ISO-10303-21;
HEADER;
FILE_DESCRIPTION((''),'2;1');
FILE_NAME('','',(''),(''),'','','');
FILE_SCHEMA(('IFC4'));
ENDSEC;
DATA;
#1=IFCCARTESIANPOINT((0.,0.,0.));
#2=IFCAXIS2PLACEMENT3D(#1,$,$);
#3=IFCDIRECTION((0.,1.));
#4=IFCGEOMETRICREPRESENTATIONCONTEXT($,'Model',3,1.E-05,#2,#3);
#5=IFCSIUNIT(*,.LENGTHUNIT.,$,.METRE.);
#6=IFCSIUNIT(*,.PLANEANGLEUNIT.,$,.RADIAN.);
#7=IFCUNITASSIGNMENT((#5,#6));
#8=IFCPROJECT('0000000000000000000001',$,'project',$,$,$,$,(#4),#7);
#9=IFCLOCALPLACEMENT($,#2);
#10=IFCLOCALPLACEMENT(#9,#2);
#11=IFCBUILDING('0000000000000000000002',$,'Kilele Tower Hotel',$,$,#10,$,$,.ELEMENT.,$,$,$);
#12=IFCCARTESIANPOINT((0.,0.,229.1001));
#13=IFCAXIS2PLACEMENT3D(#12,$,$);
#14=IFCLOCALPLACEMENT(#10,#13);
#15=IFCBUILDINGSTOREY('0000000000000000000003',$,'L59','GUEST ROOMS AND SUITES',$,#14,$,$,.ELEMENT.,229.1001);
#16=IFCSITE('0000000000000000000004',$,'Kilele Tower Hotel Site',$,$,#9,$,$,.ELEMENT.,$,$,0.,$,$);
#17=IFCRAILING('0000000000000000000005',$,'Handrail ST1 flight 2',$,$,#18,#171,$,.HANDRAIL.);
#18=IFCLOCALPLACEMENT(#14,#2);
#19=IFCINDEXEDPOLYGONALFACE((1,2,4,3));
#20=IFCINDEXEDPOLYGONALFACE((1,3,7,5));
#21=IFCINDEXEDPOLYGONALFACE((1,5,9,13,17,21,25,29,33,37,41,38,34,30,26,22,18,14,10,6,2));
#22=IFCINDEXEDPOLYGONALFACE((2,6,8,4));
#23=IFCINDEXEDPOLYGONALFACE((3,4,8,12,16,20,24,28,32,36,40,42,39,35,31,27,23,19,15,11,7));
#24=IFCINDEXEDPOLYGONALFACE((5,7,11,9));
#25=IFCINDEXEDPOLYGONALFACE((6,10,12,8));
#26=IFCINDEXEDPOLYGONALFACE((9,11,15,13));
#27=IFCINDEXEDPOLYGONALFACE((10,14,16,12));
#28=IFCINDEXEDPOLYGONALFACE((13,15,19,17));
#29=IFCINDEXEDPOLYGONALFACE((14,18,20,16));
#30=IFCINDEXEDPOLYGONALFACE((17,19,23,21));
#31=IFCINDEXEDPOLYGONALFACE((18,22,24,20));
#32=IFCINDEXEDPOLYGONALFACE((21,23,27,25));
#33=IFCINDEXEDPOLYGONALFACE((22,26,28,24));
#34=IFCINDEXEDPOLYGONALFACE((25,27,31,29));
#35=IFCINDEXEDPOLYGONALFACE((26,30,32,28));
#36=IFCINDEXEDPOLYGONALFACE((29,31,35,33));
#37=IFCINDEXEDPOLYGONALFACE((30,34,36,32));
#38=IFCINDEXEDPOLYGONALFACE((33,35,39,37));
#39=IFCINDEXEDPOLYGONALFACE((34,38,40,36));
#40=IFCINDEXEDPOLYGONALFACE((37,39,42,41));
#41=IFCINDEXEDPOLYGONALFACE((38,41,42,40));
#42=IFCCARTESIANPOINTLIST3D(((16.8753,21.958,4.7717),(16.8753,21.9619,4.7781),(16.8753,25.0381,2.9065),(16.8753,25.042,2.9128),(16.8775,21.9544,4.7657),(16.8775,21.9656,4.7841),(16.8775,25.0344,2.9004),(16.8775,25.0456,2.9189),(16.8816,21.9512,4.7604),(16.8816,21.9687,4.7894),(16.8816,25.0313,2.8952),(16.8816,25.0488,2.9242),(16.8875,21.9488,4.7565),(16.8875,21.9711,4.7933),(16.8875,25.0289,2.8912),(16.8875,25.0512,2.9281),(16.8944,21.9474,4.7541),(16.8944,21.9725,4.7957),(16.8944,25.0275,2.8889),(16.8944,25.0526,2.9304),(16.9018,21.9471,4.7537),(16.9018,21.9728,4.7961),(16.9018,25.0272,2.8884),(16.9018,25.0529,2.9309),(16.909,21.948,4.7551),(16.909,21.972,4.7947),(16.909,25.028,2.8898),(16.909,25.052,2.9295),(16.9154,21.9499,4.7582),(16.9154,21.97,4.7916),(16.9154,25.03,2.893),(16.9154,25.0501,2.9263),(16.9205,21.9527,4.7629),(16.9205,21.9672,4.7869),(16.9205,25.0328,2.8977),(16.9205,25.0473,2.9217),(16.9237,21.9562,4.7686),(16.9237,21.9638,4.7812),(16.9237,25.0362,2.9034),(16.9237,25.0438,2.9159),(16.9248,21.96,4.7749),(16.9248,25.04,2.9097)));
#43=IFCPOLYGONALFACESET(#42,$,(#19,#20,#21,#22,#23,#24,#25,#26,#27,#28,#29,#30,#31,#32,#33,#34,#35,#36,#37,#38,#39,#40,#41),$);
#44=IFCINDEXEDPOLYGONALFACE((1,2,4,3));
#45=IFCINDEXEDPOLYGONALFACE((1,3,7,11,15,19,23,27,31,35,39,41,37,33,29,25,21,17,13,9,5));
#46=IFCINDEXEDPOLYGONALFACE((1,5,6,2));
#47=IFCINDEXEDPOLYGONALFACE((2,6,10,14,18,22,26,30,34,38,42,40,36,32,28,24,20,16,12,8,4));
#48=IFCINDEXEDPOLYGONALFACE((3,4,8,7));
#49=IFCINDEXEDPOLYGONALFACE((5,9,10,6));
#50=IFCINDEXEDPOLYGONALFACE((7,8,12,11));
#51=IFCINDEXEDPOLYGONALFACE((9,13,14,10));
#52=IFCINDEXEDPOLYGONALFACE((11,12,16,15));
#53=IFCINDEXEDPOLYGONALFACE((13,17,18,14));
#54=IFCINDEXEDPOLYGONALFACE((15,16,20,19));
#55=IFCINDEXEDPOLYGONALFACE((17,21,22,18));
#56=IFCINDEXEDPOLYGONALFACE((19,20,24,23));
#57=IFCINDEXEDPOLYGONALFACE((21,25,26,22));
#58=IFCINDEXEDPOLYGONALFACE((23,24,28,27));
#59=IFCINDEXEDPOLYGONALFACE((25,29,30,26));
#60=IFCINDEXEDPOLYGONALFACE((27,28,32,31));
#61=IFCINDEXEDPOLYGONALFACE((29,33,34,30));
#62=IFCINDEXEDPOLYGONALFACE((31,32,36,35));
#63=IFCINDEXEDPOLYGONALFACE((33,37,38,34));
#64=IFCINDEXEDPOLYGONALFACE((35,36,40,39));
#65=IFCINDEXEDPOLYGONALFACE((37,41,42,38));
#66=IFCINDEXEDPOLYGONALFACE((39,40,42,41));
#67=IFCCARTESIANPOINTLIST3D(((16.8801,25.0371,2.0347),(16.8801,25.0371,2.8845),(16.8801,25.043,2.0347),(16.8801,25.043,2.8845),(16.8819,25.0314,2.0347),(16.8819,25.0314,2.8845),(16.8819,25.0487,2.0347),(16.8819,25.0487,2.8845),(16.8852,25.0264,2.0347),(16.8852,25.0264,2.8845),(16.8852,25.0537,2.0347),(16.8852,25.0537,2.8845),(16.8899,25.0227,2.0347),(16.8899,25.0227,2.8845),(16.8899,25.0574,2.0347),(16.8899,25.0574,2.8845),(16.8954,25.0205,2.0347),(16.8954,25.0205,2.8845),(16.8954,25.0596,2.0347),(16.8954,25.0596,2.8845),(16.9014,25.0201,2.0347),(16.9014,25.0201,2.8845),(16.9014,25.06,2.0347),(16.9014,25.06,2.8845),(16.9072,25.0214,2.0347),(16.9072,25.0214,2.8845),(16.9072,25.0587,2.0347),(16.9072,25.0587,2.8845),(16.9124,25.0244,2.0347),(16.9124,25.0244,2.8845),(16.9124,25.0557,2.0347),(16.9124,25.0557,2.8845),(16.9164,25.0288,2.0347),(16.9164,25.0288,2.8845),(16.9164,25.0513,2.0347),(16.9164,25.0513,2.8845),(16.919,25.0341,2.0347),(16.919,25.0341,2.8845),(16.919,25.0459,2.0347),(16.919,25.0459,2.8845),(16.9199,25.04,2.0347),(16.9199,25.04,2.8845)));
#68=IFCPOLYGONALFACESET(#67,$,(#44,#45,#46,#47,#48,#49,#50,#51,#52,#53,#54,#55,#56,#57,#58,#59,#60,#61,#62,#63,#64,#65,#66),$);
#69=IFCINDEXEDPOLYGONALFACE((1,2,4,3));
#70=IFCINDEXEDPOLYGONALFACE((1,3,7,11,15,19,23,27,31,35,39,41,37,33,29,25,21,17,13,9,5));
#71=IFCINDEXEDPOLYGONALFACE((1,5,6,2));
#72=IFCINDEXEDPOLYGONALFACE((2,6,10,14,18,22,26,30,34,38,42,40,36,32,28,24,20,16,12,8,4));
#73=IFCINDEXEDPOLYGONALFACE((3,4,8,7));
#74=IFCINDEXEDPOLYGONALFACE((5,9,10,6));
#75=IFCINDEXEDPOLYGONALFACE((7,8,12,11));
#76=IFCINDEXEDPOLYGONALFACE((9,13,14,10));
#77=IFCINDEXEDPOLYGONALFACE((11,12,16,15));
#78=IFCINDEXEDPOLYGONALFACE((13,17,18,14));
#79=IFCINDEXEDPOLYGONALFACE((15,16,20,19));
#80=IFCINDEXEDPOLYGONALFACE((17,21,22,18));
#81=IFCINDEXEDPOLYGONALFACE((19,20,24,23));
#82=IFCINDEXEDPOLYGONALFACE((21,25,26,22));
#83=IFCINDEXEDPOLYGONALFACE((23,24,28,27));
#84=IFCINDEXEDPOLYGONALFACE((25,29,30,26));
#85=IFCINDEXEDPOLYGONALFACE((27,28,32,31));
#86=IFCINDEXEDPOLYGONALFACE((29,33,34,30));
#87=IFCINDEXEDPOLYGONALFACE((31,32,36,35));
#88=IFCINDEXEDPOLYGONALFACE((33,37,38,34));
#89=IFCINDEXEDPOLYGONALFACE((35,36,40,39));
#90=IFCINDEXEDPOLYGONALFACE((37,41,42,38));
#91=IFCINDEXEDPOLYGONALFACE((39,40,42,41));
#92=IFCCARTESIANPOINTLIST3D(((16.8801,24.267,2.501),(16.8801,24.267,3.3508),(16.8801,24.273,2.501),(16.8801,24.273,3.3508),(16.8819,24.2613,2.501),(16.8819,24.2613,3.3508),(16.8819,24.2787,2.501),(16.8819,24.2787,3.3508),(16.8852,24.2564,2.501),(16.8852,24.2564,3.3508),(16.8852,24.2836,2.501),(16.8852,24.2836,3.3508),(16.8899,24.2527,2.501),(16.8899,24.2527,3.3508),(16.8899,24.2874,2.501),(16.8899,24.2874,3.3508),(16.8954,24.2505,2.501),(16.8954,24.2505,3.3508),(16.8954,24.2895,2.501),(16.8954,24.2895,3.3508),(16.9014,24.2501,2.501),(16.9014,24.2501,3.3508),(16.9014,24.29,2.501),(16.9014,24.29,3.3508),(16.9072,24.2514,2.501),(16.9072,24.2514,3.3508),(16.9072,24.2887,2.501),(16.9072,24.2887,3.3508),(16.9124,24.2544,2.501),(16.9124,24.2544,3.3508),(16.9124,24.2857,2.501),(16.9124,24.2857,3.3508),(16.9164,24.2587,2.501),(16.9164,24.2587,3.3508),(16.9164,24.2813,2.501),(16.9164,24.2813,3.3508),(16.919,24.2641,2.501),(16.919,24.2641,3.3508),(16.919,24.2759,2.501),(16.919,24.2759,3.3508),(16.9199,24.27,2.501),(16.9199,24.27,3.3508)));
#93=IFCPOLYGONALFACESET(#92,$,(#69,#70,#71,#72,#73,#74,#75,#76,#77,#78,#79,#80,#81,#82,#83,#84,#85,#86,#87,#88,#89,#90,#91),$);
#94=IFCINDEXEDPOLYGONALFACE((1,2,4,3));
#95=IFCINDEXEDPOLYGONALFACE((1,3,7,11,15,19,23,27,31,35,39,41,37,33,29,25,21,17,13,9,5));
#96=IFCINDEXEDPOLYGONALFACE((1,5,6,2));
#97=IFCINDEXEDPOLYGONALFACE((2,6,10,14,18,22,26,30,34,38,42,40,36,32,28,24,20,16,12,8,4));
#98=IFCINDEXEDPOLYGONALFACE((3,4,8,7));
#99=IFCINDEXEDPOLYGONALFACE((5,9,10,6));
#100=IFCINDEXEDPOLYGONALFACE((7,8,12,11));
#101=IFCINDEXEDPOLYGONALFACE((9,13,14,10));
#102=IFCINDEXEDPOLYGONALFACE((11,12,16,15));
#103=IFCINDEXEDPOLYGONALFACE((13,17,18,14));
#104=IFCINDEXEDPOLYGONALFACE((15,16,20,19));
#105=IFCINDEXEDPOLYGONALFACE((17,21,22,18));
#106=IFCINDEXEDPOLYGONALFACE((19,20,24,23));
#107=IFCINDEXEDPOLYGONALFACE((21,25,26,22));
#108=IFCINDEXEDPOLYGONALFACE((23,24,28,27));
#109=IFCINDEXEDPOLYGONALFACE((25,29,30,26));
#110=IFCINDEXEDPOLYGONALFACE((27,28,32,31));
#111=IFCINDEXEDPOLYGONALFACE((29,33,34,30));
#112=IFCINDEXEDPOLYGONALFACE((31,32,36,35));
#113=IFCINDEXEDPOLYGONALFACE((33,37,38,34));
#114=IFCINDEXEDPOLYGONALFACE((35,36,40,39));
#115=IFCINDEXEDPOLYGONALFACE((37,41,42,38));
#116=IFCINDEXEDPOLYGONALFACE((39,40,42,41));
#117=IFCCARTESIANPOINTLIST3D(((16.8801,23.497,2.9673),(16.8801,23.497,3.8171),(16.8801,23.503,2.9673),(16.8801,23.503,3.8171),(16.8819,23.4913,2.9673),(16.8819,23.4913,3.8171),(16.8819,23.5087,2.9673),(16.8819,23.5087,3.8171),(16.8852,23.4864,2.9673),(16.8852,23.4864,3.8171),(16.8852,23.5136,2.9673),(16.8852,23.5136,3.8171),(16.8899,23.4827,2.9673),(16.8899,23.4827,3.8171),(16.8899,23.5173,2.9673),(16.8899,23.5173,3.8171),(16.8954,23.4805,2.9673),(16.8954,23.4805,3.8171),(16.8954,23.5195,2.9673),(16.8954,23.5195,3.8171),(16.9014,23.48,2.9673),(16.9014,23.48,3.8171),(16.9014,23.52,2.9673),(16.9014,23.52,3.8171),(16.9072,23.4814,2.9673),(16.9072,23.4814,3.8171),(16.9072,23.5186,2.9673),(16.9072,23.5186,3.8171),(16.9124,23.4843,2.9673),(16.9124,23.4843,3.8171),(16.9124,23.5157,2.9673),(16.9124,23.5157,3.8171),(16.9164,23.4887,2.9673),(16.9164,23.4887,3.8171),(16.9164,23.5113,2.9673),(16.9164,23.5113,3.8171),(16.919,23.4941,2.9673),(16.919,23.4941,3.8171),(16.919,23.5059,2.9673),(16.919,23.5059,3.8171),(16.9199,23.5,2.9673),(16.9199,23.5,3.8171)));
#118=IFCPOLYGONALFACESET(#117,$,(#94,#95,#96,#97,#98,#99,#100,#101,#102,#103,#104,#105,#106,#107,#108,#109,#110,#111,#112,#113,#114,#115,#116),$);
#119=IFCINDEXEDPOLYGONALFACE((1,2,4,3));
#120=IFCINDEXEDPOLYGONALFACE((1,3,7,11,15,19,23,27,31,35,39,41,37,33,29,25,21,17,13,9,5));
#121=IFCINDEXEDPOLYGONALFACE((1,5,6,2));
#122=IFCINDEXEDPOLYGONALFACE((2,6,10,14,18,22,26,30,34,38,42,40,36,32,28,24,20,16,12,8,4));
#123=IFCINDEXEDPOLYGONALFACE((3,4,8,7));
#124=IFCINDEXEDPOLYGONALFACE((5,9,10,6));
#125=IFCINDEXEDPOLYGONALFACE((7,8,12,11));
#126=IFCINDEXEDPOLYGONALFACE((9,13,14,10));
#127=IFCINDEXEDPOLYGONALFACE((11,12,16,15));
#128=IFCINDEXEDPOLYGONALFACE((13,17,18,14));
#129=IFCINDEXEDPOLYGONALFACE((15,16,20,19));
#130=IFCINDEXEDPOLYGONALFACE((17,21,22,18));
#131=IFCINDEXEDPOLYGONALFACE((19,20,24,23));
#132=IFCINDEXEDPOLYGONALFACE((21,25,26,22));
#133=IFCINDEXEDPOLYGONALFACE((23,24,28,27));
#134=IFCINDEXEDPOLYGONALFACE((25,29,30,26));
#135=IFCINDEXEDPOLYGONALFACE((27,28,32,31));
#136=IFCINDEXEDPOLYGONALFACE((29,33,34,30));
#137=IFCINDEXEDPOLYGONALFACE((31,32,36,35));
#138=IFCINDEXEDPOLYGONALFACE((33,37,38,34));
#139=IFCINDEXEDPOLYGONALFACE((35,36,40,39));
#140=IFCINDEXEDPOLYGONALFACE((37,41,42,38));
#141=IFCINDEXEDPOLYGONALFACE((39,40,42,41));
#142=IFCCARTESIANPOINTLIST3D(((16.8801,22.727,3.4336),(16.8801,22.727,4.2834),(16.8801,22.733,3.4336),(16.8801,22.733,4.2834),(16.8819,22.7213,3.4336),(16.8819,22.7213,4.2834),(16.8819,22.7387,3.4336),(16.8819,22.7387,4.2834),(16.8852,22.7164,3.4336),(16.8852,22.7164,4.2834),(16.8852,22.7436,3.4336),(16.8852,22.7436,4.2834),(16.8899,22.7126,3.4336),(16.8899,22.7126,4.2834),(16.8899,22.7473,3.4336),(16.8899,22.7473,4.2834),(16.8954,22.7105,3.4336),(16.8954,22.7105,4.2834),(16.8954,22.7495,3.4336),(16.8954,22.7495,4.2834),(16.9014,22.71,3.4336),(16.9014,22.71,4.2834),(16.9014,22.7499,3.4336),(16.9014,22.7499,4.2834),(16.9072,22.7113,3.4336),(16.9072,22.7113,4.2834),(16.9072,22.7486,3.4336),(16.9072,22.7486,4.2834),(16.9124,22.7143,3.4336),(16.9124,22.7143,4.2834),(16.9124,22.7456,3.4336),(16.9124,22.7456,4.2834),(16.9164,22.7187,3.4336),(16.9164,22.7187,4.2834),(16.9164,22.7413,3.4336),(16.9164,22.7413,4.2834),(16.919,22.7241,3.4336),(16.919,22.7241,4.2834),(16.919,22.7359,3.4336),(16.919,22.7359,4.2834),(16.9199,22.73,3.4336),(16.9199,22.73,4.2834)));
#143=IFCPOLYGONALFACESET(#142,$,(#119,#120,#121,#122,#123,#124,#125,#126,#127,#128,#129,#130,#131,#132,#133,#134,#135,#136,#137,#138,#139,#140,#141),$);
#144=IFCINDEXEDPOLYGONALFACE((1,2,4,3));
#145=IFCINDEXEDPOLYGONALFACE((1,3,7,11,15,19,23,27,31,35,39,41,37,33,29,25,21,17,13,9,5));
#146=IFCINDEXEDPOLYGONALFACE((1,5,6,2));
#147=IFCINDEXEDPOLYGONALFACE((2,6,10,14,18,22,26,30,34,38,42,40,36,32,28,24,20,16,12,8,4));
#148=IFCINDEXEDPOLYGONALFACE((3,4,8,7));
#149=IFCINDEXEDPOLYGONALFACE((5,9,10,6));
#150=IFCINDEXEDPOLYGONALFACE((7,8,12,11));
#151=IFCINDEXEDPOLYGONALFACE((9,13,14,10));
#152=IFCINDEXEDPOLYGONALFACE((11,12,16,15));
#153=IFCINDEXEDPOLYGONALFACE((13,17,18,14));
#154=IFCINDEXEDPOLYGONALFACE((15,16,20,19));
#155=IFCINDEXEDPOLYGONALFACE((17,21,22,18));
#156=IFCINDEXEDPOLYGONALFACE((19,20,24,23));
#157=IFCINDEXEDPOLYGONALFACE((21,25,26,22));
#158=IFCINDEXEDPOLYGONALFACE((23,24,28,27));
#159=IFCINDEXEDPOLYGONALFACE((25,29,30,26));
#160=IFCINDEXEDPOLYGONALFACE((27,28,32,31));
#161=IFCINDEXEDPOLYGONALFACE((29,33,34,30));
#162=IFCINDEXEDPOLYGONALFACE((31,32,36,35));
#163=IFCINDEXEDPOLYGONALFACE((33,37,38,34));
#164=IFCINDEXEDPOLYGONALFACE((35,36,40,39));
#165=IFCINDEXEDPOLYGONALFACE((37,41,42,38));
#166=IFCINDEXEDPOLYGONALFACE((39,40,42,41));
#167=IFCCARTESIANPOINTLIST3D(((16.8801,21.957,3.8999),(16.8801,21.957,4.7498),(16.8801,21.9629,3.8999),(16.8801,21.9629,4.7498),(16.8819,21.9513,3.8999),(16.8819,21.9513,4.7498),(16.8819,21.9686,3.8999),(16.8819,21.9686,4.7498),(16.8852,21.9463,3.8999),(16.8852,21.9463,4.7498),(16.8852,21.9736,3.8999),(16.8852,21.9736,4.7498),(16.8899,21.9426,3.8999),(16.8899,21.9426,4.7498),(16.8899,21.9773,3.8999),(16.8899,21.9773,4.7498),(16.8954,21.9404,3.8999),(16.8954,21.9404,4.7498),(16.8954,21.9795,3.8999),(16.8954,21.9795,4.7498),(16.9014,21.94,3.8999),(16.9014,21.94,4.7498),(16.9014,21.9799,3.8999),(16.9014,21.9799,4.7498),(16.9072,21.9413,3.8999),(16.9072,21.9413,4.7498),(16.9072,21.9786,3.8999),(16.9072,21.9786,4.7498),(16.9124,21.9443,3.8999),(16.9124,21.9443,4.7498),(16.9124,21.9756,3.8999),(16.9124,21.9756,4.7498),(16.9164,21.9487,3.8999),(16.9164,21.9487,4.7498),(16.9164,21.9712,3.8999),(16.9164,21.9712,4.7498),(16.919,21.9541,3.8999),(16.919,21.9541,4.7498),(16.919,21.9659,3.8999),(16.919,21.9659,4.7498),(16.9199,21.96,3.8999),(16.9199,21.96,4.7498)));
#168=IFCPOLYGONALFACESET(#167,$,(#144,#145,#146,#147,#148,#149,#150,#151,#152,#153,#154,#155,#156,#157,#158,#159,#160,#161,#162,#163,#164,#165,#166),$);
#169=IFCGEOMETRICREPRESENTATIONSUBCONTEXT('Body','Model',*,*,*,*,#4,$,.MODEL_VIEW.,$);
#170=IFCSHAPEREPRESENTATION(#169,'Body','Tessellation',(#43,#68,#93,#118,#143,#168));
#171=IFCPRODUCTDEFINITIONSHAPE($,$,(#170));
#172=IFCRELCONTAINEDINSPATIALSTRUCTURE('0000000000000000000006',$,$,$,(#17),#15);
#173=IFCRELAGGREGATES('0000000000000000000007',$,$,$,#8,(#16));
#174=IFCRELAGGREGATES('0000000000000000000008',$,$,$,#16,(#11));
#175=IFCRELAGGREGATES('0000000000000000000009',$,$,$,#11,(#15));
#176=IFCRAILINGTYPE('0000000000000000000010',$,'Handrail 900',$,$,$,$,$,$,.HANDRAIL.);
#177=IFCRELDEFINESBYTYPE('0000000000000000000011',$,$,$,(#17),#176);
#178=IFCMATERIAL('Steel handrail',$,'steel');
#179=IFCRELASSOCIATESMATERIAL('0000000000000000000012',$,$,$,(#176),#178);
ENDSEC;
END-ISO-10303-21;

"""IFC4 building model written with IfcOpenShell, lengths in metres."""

from ifc_helpers import new_model, si_unit, direction, frame, origin, origin_2d, place, context, subcontext, project, spatial, circle, extrude, material, type_object, element, save


model = new_model("IFC4")

# Units and contexts
model_context = context("Model", 3, precision=1e-05, world=origin(), true_north=direction((0.0, 1.0)))
body_context = subcontext(model_context, "Body", "Model", "MODEL_VIEW")
ifc_project = project(units=[si_unit("LENGTHUNIT", "METRE"), si_unit("PLANEANGLEUNIT", "RADIAN")], contexts=[model_context])

# Site, building, storey
site_placement = place(None, origin())
site = spatial("IfcSite", under=ifc_project, at=site_placement, Name="Kilele Tower Hotel Site", CompositionType="ELEMENT", RefElevation=0.0)
building_placement = place(site_placement, origin())
building = spatial("IfcBuilding", under=site, at=building_placement, Name="Kilele Tower Hotel", CompositionType="ELEMENT")
storey_placement = place(building_placement, frame((0.0, 0.0, 229.1001)))
storey = spatial("IfcBuildingStorey", under=building, at=storey_placement, Name="L59", Description="GUEST ROOMS AND SUITES", CompositionType="ELEMENT", Elevation=229.1001)

# Railing
ifc_material_1 = material(Name="Steel handrail", Category="steel")
railing_type_1 = type_object("IfcRailingType", Name="Handrail 900", PredefinedType="HANDRAIL", material=ifc_material_1)
for number, where, name in (
    (1, (16.8999, 25.04, 2.0347), "Handrail ST1 flight 2"),
):
    element("IfcRailing", number, at=place(storey_placement, frame(where)), inside=storey, type_object=railing_type_1, Name=name, PredefinedType="HANDRAIL", context=body_context, shape_type="SweptSolid", body=[
        extrude(circle(Radius=0.0249, at=origin_2d()), frame((0.0, 0.0, 0.875), z_axis=(0.0, -0.85538, 0.518001), x_axis=(1.0, 0.0, 0.0)), (0.0, 0.0, 1.0), 3.6008),
        extrude(circle(Radius=0.02, at=origin_2d()), origin(), (0.0, 0.0, 1.0), 0.8499),
        extrude(circle(Radius=0.02, at=origin_2d()), frame((0.0, -0.77, 0.4663)), (0.0, 0.0, 1.0), 0.8499),
        extrude(circle(Radius=0.02, at=origin_2d()), frame((0.0, -1.54, 0.9326)), (0.0, 0.0, 1.0), 0.8499),
        extrude(circle(Radius=0.02, at=origin_2d()), frame((0.0, -2.3101, 1.3989)), (0.0, 0.0, 1.0), 0.8499),
        extrude(circle(Radius=0.02, at=origin_2d()), frame((0.0, -3.0801, 1.8652)), (0.0, 0.0, 1.0), 0.8499),
    ])

save(model, "model.ifc")
